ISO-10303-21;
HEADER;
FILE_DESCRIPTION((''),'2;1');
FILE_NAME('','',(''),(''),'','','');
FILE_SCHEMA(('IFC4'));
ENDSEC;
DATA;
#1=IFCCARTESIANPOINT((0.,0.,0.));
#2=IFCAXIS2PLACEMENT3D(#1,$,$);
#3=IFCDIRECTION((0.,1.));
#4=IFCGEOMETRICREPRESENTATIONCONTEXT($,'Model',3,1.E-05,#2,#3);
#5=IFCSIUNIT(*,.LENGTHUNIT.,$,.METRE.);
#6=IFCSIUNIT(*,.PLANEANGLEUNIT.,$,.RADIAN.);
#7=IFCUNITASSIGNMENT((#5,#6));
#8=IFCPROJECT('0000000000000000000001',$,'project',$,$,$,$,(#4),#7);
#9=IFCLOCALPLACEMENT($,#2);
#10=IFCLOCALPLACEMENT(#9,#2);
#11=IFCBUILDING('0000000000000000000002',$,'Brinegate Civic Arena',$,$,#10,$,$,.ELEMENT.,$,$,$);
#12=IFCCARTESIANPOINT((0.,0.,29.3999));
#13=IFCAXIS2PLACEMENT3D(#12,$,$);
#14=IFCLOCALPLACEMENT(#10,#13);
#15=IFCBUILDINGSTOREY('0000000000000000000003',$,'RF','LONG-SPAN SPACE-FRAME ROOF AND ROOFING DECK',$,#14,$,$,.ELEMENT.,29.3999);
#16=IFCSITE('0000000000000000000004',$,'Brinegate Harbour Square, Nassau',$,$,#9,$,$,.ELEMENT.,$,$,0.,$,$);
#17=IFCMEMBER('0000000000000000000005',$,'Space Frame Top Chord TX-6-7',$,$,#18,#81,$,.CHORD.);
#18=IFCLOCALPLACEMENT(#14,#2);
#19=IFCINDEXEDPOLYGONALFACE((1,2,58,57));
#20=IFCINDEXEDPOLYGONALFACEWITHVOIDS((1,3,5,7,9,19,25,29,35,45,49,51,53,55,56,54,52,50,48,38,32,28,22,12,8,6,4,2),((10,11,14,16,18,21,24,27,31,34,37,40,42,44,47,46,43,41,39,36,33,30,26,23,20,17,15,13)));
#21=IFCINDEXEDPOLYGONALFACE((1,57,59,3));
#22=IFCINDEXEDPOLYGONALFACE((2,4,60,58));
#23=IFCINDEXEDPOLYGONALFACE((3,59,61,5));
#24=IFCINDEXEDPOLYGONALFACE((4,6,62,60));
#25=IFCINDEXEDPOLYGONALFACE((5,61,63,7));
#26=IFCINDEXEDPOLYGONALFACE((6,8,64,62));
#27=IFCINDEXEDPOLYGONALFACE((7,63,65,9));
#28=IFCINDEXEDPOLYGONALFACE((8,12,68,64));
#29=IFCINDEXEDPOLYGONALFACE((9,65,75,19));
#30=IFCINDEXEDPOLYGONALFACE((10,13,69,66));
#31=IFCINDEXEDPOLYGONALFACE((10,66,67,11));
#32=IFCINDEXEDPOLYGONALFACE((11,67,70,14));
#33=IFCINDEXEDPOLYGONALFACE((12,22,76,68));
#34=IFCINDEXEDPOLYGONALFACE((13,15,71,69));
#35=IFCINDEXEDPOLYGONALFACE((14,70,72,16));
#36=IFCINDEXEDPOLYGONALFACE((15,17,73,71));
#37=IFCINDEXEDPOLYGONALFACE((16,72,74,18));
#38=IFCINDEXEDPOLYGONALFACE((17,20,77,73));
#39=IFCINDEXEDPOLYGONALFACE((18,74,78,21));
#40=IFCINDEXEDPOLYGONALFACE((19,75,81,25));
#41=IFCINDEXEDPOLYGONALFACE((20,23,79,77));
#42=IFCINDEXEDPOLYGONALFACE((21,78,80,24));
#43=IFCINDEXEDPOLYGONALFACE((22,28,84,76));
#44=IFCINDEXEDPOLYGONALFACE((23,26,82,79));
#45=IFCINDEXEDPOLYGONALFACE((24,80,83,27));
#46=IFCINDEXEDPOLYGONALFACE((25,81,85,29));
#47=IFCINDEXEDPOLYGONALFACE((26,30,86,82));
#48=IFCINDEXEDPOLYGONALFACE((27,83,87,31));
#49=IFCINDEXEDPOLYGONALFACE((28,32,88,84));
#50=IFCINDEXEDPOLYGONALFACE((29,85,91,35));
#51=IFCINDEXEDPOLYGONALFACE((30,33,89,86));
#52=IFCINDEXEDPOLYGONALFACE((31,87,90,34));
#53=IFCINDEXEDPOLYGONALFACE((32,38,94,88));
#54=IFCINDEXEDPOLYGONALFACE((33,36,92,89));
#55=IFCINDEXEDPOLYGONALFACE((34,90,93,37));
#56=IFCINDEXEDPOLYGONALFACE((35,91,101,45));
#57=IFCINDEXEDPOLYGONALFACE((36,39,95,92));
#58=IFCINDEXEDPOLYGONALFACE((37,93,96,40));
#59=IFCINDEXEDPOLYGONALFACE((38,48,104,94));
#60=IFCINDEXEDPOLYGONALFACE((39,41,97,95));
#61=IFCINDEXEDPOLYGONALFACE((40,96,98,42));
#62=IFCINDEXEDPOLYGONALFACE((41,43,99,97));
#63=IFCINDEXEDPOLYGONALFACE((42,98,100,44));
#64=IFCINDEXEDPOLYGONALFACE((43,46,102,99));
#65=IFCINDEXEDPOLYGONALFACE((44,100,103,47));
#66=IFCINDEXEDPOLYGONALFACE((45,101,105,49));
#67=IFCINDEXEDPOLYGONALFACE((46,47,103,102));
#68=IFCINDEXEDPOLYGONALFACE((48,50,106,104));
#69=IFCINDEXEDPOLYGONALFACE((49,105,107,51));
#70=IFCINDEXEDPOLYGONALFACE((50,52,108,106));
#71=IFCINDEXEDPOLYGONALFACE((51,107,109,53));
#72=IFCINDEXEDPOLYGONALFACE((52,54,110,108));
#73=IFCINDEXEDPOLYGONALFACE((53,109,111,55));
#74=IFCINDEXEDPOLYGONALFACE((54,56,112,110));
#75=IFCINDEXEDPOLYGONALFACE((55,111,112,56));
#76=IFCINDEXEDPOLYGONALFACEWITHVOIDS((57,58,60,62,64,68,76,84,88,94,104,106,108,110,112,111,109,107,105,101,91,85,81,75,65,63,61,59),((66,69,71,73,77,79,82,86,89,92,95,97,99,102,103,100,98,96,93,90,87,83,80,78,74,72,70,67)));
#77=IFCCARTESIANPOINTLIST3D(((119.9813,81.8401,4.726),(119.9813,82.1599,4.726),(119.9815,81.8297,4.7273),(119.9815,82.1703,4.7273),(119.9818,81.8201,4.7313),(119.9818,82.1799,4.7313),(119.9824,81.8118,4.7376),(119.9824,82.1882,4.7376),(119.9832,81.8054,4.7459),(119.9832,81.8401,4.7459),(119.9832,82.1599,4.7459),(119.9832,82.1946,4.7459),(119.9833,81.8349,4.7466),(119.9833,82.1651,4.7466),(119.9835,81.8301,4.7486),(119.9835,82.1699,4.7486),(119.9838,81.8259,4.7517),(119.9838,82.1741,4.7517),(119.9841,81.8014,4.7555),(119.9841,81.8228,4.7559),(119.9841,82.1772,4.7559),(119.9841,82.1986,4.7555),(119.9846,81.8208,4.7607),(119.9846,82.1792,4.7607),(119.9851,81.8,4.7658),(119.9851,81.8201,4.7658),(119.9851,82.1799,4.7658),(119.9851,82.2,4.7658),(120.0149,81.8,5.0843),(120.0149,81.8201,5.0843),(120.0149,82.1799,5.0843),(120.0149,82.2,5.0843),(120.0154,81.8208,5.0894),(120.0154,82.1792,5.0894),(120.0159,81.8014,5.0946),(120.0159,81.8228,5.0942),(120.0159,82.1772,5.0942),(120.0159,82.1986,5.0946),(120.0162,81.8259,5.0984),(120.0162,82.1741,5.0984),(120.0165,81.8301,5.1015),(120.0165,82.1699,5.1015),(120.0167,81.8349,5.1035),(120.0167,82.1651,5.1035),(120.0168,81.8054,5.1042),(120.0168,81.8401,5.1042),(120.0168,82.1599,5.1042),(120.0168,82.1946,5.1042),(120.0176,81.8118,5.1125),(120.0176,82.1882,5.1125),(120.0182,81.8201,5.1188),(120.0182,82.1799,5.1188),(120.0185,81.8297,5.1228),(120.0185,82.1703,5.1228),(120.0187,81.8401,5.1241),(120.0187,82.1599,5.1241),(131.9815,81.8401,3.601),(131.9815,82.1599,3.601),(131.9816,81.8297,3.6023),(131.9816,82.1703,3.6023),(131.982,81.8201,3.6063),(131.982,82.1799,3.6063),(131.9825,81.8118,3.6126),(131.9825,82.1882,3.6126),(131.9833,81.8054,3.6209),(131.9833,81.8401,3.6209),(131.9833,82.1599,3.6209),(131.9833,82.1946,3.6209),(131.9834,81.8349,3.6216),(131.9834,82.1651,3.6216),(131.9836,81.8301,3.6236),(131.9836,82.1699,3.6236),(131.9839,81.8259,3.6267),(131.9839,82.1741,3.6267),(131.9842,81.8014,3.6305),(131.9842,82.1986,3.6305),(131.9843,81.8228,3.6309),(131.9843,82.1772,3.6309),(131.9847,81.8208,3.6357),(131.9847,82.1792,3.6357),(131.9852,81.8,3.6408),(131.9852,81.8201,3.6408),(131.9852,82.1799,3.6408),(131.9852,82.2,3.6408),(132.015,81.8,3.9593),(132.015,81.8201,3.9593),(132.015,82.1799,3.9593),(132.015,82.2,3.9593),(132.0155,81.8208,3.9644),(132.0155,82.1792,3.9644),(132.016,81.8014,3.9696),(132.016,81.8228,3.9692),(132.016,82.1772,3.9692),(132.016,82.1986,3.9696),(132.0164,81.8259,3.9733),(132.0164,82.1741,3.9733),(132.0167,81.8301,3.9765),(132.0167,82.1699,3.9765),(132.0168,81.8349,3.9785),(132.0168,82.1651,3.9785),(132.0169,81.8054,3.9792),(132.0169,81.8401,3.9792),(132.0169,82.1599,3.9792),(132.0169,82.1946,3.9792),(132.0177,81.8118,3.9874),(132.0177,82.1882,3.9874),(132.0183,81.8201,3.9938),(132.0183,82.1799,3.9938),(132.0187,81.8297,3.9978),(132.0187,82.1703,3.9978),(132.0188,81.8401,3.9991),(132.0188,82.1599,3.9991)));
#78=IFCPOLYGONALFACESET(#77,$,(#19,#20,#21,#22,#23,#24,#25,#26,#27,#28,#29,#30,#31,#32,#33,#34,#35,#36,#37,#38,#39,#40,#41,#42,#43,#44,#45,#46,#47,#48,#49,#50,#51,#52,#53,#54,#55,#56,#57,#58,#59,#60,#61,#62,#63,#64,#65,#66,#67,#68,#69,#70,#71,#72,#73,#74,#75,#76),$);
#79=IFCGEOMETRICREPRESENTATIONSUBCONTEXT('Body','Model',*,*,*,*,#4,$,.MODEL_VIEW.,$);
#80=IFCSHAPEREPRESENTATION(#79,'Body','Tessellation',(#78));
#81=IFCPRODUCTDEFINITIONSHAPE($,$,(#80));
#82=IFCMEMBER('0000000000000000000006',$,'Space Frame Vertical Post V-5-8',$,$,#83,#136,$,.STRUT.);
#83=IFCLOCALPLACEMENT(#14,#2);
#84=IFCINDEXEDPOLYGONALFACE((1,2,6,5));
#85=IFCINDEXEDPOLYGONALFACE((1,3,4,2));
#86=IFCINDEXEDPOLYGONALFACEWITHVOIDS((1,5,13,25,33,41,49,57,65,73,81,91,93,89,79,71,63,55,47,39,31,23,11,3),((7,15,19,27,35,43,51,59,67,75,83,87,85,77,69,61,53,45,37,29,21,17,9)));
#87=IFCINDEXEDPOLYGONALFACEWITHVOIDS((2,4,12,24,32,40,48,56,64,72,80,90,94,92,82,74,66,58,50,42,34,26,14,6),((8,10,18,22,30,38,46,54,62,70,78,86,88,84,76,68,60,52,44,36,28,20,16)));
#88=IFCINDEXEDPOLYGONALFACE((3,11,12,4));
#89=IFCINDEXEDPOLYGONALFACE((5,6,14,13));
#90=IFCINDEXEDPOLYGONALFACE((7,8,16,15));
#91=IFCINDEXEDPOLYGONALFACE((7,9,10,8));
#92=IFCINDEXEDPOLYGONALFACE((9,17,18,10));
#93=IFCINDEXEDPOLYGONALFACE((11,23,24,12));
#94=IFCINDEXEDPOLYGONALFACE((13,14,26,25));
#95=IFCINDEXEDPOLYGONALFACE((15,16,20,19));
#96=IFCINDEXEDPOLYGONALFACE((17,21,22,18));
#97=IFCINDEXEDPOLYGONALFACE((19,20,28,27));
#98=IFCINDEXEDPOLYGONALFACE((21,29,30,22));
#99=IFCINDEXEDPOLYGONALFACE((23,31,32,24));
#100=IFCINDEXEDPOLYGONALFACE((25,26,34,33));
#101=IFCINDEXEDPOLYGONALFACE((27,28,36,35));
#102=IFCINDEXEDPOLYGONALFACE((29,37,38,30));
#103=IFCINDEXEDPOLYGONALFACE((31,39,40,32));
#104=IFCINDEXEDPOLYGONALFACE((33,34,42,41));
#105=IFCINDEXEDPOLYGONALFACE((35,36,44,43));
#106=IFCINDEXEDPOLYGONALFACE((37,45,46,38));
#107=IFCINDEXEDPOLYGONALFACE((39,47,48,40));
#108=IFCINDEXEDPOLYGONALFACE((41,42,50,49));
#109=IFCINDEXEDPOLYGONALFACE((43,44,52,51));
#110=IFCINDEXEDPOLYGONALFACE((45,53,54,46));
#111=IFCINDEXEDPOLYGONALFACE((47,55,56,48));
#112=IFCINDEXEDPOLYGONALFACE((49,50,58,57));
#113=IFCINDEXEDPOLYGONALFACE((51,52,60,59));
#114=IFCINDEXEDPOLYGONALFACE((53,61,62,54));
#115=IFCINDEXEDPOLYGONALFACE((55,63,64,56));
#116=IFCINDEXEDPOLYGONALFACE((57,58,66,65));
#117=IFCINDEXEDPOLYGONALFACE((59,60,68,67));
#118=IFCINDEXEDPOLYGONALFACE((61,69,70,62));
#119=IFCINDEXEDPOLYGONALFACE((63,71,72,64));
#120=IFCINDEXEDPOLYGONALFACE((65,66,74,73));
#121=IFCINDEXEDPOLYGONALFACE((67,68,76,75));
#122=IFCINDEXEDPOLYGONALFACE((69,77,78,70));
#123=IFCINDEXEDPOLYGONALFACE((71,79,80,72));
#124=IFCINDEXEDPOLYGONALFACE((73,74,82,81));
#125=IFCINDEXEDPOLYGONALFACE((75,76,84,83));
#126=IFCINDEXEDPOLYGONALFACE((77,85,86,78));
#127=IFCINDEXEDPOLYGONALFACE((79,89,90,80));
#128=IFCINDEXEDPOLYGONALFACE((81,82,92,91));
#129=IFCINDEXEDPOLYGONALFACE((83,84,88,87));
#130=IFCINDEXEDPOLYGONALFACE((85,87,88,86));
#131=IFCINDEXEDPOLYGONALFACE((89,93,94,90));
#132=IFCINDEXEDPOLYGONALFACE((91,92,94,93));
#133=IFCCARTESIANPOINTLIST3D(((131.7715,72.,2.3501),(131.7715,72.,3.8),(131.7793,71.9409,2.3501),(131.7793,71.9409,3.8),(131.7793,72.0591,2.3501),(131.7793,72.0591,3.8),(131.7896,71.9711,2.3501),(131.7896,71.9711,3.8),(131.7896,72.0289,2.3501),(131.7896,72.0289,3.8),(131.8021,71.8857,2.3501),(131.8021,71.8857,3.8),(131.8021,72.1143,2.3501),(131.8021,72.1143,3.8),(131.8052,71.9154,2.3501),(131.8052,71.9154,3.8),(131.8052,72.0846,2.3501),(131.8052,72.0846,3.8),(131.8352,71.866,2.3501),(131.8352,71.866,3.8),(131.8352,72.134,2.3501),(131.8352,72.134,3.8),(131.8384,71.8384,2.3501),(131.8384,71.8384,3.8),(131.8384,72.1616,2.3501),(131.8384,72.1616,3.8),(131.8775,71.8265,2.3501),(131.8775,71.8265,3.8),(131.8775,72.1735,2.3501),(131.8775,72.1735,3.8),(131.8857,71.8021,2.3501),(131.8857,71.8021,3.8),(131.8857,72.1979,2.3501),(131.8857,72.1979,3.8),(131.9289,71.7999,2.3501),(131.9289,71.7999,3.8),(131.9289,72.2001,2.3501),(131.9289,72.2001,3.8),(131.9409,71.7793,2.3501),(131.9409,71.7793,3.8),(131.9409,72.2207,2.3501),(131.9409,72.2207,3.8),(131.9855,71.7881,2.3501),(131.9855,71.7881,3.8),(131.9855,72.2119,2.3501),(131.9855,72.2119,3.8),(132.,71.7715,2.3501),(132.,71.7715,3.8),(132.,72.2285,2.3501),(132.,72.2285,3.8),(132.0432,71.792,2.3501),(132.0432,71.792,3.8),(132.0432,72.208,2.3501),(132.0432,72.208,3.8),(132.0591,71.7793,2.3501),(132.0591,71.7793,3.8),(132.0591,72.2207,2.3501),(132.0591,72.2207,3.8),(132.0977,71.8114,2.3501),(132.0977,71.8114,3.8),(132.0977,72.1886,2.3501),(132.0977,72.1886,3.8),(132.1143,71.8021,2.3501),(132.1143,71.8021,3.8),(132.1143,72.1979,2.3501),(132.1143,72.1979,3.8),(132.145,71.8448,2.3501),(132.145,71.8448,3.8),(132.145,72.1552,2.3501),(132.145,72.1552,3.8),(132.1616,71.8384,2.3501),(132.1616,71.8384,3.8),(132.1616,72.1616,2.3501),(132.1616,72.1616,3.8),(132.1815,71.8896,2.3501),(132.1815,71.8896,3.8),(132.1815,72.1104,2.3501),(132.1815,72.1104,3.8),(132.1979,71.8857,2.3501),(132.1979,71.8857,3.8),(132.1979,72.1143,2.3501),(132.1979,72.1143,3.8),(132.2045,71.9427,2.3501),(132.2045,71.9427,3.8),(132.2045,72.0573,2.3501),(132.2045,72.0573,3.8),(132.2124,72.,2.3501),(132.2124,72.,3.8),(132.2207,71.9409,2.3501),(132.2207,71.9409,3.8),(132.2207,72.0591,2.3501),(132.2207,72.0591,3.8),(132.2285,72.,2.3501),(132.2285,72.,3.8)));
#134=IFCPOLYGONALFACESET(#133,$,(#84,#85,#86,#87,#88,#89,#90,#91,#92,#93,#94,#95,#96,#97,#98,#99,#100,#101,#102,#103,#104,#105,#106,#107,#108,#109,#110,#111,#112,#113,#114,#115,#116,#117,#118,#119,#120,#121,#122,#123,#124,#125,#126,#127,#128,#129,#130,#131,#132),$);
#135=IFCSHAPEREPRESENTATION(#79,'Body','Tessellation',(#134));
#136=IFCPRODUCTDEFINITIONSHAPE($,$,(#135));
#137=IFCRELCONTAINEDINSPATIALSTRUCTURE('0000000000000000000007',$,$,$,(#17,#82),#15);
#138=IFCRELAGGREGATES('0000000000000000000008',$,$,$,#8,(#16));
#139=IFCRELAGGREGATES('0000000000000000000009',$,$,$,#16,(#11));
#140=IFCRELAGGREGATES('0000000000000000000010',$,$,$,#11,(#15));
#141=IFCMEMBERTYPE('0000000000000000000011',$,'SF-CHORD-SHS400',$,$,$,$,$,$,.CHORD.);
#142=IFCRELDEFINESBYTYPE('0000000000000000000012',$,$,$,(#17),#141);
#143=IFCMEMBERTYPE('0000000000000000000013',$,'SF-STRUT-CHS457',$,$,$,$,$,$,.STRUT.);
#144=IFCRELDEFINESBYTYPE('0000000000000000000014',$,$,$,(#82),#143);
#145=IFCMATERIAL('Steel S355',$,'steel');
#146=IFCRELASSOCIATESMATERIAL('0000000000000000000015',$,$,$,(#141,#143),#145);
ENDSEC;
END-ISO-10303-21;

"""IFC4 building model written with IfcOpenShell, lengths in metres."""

from ifc_helpers import new_model, si_unit, direction, frame, origin, origin_2d, place, context, subcontext, project, spatial, hollow_rectangle, hollow_circle, extrude, material, material_profile, profile_set, type_object, element, save


model = new_model("IFC4")

# Units and contexts
model_context = context("Model", 3, precision=1e-05, world=origin(), true_north=direction((0.0, 1.0)))
body_context = subcontext(model_context, "Body", "Model", "MODEL_VIEW")
ifc_project = project(units=[si_unit("LENGTHUNIT", "METRE"), si_unit("PLANEANGLEUNIT", "RADIAN")], contexts=[model_context])

# Site, building, storey
site_placement = place(None, origin())
site = spatial("IfcSite", under=ifc_project, at=site_placement, Name="Brinegate Harbour Square, Nassau", CompositionType="ELEMENT", RefElevation=0.0)
building_placement = place(site_placement, origin())
building = spatial("IfcBuilding", under=site, at=building_placement, Name="Brinegate Civic Arena", CompositionType="ELEMENT")
storey_placement = place(building_placement, frame((0.0, 0.0, 29.3999)))
storey = spatial("IfcBuildingStorey", under=building, at=storey_placement, Name="RF", Description="LONG-SPAN SPACE-FRAME ROOF AND ROOFING DECK", CompositionType="ELEMENT", Elevation=29.3999)

# Members
ifc_material = material(Name="Steel S355", Category="steel")
ifc_material_profile_1 = material_profile(ifc_material, hollow_rectangle(XDim=0.3999, YDim=0.3999, WallThickness=0.02, InnerFilletRadius=0.02, OuterFilletRadius=0.04, at=origin_2d()), Name="SHS400X20")
ifc_profile_set_1 = profile_set([ifc_material_profile_1], Name="Steel S355")
member_type_1 = type_object("IfcMemberType", Name="SF-CHORD-SHS400", PredefinedType="CHORD", material=ifc_profile_set_1)
for number, where, z_axis, x_axis, name in (
    (1, (120.0, 82.0, 4.925), (0.995634, 0.0, -0.093341), (0.0, 1.0, 0.0), "Space Frame Top Chord TX-6-7"),
):
    element("IfcMember", number, at=place(storey_placement, frame(where, z_axis=z_axis, x_axis=x_axis)), inside=storey, type_object=member_type_1, Name=name, PredefinedType="CHORD", context=body_context, shape_type="SweptSolid", body=[
        extrude(hollow_rectangle(XDim=0.3999, YDim=0.3999, WallThickness=0.02, InnerFilletRadius=0.02, OuterFilletRadius=0.04, at=origin_2d()), origin(), (0.0, 0.0, 1.0), 12.0527),
    ])
ifc_material_profile_2 = material_profile(ifc_material, hollow_circle(Radius=0.2285, WallThickness=0.0161, at=origin_2d()), Name="CHS457X16")
ifc_profile_set_2 = profile_set([ifc_material_profile_2], Name="Steel S355")
member_type_2 = type_object("IfcMemberType", Name="SF-STRUT-CHS457", PredefinedType="STRUT", material=ifc_profile_set_2)
member_1_placement = place(storey_placement, frame((132.0, 72.0, 2.3501), z_axis=(0.0, 0.0, 1.0), x_axis=(1.0, 0.0, 0.0)))
element("IfcMember", 2, at=member_1_placement, inside=storey, type_object=member_type_2, Name="Space Frame Vertical Post V-5-8", PredefinedType="STRUT", context=body_context, shape_type="SweptSolid", body=[
    extrude(hollow_circle(Radius=0.2285, WallThickness=0.0161, at=origin_2d()), origin(), (0.0, 0.0, 1.0), 1.45),
])

save(model, "model.ifc")
